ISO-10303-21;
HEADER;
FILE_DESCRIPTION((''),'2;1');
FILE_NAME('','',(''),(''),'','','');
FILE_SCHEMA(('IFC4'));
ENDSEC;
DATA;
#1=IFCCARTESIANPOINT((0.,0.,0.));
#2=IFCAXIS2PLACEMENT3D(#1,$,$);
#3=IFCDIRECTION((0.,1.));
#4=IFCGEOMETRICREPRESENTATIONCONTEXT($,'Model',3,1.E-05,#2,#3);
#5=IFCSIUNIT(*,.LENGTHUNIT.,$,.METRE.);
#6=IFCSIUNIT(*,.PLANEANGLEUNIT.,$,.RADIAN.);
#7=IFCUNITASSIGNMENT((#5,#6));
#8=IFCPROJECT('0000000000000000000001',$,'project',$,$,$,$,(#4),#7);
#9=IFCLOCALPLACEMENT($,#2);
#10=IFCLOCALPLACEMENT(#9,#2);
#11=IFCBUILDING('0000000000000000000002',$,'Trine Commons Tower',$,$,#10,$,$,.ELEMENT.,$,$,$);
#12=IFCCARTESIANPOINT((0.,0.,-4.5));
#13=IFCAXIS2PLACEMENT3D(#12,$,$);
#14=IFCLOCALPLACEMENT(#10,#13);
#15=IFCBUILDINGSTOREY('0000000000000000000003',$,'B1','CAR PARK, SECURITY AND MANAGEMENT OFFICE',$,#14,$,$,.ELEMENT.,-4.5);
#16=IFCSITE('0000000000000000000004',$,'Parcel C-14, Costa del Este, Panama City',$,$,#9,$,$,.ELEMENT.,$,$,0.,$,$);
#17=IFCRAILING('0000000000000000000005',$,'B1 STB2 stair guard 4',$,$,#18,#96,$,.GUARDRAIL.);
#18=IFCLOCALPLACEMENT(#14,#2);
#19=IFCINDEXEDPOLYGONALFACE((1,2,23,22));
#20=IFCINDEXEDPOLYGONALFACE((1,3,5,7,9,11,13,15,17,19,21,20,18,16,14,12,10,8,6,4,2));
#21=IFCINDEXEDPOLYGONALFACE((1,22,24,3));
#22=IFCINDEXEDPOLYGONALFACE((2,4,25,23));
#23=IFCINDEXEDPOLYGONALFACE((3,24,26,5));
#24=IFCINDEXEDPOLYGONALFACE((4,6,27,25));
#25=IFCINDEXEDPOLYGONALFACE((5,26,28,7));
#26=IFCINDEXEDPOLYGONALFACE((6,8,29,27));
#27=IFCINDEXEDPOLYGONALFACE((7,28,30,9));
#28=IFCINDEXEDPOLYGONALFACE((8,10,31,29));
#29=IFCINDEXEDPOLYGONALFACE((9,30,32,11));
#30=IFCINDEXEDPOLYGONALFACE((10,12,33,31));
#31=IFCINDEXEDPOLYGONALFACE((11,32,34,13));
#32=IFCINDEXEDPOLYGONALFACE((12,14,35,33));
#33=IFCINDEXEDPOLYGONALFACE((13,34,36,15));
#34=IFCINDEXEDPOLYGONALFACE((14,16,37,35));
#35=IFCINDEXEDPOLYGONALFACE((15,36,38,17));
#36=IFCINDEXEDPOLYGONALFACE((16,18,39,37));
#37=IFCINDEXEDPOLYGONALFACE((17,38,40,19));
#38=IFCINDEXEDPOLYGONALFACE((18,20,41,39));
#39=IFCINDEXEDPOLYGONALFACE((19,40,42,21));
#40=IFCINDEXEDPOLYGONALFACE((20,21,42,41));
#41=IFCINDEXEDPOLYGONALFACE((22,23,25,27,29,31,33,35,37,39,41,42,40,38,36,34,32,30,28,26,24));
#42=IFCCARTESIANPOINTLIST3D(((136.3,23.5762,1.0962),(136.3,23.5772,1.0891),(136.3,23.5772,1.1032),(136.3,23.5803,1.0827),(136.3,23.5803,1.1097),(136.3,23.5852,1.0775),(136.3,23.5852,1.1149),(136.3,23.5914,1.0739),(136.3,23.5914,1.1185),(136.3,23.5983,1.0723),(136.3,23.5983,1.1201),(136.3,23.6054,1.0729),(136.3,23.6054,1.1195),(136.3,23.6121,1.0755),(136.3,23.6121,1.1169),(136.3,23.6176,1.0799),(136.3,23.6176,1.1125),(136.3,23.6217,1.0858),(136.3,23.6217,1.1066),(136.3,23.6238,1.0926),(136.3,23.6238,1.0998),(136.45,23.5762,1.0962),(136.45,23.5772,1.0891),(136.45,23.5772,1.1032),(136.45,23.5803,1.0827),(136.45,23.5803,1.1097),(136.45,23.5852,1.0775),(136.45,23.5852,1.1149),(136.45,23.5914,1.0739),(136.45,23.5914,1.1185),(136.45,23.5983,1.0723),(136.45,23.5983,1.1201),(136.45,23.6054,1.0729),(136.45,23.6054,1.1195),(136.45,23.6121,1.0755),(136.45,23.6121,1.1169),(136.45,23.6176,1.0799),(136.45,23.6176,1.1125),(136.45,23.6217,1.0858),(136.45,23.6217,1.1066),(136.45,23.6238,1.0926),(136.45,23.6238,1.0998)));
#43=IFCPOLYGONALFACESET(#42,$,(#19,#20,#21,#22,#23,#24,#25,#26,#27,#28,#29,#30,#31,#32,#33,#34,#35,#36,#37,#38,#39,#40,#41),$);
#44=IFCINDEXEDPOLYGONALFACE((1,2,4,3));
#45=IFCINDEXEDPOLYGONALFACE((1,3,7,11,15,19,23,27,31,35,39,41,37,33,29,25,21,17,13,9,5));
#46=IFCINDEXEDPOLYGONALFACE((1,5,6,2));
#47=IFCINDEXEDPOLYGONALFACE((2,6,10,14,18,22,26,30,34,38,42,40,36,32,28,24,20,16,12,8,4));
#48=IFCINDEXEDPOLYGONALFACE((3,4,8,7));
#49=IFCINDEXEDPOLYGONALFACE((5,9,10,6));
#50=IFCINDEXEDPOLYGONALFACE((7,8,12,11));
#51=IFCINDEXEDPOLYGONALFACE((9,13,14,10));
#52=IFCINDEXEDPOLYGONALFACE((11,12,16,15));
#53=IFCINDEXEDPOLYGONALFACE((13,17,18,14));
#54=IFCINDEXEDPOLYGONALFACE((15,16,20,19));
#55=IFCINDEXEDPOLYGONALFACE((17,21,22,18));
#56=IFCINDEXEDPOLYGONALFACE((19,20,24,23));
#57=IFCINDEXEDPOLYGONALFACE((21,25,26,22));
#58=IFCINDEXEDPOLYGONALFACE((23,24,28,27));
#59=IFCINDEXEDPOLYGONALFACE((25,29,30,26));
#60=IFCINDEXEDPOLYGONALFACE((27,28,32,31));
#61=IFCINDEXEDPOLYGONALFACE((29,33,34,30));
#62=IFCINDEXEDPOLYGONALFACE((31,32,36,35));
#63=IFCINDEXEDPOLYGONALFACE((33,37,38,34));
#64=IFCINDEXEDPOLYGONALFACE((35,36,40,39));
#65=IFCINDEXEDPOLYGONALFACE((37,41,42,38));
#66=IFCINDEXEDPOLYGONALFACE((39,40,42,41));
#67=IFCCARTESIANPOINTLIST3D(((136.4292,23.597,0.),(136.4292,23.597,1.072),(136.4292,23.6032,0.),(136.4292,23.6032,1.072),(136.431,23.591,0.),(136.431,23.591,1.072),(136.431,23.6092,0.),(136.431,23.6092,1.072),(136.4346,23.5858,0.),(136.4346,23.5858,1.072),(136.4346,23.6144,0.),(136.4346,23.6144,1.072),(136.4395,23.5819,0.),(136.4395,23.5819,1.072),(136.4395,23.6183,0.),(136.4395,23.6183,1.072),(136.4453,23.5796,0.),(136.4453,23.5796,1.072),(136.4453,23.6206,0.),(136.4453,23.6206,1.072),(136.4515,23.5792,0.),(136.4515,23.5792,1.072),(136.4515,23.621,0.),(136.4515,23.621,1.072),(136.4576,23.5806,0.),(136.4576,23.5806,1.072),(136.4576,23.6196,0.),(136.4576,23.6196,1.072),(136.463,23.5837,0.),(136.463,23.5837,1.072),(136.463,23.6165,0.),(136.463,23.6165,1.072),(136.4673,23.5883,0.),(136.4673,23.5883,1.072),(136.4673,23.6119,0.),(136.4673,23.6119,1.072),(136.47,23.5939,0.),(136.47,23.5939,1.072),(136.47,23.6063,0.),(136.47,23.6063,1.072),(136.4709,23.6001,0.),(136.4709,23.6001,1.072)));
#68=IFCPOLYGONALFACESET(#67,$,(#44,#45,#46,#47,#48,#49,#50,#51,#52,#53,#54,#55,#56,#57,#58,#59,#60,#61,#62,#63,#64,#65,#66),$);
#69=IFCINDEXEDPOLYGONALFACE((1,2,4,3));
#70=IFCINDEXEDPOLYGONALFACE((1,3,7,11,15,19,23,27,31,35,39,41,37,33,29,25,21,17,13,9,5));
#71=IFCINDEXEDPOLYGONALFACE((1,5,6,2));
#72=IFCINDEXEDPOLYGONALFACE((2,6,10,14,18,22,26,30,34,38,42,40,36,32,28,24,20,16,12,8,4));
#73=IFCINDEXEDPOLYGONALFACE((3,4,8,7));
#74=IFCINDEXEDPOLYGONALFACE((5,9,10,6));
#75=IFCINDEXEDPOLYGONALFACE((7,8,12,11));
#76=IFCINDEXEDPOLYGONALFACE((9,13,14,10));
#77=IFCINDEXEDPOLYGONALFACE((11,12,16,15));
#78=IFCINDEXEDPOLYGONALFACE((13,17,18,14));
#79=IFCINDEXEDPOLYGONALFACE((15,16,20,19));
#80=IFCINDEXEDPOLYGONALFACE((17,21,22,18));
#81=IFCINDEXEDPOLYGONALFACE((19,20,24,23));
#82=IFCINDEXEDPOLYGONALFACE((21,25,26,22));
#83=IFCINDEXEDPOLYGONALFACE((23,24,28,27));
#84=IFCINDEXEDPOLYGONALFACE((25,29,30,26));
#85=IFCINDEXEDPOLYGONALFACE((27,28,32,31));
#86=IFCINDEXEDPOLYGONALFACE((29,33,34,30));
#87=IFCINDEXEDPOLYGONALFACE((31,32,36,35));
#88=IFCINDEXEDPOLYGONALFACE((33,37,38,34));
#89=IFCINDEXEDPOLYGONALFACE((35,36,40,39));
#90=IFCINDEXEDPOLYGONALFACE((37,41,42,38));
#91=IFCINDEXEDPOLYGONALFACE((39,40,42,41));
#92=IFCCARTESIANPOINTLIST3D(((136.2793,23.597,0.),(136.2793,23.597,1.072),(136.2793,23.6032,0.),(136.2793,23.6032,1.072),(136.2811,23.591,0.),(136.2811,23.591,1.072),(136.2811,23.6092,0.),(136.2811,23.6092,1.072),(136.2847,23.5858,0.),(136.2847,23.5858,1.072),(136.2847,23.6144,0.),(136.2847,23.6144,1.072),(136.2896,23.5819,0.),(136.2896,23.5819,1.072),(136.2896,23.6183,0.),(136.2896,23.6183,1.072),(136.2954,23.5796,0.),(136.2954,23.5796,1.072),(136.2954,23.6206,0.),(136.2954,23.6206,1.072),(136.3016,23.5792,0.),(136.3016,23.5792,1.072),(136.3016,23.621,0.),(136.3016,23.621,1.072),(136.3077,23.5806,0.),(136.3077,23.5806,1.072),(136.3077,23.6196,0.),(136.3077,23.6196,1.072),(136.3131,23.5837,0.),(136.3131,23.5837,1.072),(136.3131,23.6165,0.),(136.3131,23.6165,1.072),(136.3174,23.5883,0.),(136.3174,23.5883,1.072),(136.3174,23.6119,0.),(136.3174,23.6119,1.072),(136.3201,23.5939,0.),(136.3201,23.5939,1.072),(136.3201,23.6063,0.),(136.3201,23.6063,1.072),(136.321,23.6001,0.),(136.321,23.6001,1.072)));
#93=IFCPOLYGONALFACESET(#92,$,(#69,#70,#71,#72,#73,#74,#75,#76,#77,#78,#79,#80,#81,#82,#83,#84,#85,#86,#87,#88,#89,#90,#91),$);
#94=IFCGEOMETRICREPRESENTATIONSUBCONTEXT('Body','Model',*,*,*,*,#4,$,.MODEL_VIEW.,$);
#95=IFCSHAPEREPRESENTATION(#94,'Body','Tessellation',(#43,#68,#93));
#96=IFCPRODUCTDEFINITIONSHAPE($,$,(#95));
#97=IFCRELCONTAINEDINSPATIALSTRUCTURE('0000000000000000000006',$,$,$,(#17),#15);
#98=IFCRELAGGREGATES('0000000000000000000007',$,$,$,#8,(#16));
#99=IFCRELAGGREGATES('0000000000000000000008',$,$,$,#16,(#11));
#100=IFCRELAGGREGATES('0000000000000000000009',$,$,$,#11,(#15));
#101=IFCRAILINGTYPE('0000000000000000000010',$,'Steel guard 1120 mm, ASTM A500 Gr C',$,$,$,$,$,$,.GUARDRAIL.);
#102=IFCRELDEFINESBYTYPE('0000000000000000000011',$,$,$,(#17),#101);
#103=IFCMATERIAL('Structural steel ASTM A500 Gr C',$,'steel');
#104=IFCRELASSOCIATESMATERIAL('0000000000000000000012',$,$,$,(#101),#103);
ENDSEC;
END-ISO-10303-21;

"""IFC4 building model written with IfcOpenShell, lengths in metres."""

from ifc_helpers import new_model, si_unit, direction, frame, origin, origin_2d, place, context, subcontext, project, spatial, circle, extrude, material, type_object, element, save


model = new_model("IFC4")

# Units and contexts
model_context = context("Model", 3, precision=1e-05, world=origin(), true_north=direction((0.0, 1.0)))
body_context = subcontext(model_context, "Body", "Model", "MODEL_VIEW")
ifc_project = project(units=[si_unit("LENGTHUNIT", "METRE"), si_unit("PLANEANGLEUNIT", "RADIAN")], contexts=[model_context])

# Site, building, storey
site_placement = place(None, origin())
site = spatial("IfcSite", under=ifc_project, at=site_placement, Name="Parcel C-14, Costa del Este, Panama City", CompositionType="ELEMENT", RefElevation=0.0)
building_placement = place(site_placement, origin())
building = spatial("IfcBuilding", under=site, at=building_placement, Name="Trine Commons Tower", CompositionType="ELEMENT")
storey_placement = place(building_placement, frame((0.0, 0.0, -4.5)))
storey = spatial("IfcBuildingStorey", under=building, at=storey_placement, Name="B1", Description="CAR PARK, SECURITY AND MANAGEMENT OFFICE", CompositionType="ELEMENT", Elevation=-4.5)

# Railing
ifc_material_1 = material(Name="Structural steel ASTM A500 Gr C", Category="steel")
railing_type_1 = type_object("IfcRailingType", Name="Steel guard 1120 mm, ASTM A500 Gr C", PredefinedType="GUARDRAIL", material=ifc_material_1)
railing_1_placement = place(storey_placement, frame((136.45, 23.6001, 0.0)))
element("IfcRailing", 1, at=railing_1_placement, inside=storey, type_object=railing_type_1, Name="B1 STB2 stair guard 4", PredefinedType="GUARDRAIL", context=body_context, shape_type="SweptSolid", body=[
    extrude(circle(Radius=0.0239, at=origin_2d()), frame((0.0, 0.0, 1.0962), z_axis=(-1.0, 0.0, 0.0), x_axis=(0.0, -1.0, 0.0)), (0.0, 0.0, 1.0), 0.1499),
    extrude(circle(Radius=0.021, at=origin_2d()), origin(), (0.0, 0.0, 1.0), 1.072),
    extrude(circle(Radius=0.021, at=origin_2d()), frame((-0.1499, 0.0, 0.0)), (0.0, 0.0, 1.0), 1.072),
])

save(model, "model.ifc")
